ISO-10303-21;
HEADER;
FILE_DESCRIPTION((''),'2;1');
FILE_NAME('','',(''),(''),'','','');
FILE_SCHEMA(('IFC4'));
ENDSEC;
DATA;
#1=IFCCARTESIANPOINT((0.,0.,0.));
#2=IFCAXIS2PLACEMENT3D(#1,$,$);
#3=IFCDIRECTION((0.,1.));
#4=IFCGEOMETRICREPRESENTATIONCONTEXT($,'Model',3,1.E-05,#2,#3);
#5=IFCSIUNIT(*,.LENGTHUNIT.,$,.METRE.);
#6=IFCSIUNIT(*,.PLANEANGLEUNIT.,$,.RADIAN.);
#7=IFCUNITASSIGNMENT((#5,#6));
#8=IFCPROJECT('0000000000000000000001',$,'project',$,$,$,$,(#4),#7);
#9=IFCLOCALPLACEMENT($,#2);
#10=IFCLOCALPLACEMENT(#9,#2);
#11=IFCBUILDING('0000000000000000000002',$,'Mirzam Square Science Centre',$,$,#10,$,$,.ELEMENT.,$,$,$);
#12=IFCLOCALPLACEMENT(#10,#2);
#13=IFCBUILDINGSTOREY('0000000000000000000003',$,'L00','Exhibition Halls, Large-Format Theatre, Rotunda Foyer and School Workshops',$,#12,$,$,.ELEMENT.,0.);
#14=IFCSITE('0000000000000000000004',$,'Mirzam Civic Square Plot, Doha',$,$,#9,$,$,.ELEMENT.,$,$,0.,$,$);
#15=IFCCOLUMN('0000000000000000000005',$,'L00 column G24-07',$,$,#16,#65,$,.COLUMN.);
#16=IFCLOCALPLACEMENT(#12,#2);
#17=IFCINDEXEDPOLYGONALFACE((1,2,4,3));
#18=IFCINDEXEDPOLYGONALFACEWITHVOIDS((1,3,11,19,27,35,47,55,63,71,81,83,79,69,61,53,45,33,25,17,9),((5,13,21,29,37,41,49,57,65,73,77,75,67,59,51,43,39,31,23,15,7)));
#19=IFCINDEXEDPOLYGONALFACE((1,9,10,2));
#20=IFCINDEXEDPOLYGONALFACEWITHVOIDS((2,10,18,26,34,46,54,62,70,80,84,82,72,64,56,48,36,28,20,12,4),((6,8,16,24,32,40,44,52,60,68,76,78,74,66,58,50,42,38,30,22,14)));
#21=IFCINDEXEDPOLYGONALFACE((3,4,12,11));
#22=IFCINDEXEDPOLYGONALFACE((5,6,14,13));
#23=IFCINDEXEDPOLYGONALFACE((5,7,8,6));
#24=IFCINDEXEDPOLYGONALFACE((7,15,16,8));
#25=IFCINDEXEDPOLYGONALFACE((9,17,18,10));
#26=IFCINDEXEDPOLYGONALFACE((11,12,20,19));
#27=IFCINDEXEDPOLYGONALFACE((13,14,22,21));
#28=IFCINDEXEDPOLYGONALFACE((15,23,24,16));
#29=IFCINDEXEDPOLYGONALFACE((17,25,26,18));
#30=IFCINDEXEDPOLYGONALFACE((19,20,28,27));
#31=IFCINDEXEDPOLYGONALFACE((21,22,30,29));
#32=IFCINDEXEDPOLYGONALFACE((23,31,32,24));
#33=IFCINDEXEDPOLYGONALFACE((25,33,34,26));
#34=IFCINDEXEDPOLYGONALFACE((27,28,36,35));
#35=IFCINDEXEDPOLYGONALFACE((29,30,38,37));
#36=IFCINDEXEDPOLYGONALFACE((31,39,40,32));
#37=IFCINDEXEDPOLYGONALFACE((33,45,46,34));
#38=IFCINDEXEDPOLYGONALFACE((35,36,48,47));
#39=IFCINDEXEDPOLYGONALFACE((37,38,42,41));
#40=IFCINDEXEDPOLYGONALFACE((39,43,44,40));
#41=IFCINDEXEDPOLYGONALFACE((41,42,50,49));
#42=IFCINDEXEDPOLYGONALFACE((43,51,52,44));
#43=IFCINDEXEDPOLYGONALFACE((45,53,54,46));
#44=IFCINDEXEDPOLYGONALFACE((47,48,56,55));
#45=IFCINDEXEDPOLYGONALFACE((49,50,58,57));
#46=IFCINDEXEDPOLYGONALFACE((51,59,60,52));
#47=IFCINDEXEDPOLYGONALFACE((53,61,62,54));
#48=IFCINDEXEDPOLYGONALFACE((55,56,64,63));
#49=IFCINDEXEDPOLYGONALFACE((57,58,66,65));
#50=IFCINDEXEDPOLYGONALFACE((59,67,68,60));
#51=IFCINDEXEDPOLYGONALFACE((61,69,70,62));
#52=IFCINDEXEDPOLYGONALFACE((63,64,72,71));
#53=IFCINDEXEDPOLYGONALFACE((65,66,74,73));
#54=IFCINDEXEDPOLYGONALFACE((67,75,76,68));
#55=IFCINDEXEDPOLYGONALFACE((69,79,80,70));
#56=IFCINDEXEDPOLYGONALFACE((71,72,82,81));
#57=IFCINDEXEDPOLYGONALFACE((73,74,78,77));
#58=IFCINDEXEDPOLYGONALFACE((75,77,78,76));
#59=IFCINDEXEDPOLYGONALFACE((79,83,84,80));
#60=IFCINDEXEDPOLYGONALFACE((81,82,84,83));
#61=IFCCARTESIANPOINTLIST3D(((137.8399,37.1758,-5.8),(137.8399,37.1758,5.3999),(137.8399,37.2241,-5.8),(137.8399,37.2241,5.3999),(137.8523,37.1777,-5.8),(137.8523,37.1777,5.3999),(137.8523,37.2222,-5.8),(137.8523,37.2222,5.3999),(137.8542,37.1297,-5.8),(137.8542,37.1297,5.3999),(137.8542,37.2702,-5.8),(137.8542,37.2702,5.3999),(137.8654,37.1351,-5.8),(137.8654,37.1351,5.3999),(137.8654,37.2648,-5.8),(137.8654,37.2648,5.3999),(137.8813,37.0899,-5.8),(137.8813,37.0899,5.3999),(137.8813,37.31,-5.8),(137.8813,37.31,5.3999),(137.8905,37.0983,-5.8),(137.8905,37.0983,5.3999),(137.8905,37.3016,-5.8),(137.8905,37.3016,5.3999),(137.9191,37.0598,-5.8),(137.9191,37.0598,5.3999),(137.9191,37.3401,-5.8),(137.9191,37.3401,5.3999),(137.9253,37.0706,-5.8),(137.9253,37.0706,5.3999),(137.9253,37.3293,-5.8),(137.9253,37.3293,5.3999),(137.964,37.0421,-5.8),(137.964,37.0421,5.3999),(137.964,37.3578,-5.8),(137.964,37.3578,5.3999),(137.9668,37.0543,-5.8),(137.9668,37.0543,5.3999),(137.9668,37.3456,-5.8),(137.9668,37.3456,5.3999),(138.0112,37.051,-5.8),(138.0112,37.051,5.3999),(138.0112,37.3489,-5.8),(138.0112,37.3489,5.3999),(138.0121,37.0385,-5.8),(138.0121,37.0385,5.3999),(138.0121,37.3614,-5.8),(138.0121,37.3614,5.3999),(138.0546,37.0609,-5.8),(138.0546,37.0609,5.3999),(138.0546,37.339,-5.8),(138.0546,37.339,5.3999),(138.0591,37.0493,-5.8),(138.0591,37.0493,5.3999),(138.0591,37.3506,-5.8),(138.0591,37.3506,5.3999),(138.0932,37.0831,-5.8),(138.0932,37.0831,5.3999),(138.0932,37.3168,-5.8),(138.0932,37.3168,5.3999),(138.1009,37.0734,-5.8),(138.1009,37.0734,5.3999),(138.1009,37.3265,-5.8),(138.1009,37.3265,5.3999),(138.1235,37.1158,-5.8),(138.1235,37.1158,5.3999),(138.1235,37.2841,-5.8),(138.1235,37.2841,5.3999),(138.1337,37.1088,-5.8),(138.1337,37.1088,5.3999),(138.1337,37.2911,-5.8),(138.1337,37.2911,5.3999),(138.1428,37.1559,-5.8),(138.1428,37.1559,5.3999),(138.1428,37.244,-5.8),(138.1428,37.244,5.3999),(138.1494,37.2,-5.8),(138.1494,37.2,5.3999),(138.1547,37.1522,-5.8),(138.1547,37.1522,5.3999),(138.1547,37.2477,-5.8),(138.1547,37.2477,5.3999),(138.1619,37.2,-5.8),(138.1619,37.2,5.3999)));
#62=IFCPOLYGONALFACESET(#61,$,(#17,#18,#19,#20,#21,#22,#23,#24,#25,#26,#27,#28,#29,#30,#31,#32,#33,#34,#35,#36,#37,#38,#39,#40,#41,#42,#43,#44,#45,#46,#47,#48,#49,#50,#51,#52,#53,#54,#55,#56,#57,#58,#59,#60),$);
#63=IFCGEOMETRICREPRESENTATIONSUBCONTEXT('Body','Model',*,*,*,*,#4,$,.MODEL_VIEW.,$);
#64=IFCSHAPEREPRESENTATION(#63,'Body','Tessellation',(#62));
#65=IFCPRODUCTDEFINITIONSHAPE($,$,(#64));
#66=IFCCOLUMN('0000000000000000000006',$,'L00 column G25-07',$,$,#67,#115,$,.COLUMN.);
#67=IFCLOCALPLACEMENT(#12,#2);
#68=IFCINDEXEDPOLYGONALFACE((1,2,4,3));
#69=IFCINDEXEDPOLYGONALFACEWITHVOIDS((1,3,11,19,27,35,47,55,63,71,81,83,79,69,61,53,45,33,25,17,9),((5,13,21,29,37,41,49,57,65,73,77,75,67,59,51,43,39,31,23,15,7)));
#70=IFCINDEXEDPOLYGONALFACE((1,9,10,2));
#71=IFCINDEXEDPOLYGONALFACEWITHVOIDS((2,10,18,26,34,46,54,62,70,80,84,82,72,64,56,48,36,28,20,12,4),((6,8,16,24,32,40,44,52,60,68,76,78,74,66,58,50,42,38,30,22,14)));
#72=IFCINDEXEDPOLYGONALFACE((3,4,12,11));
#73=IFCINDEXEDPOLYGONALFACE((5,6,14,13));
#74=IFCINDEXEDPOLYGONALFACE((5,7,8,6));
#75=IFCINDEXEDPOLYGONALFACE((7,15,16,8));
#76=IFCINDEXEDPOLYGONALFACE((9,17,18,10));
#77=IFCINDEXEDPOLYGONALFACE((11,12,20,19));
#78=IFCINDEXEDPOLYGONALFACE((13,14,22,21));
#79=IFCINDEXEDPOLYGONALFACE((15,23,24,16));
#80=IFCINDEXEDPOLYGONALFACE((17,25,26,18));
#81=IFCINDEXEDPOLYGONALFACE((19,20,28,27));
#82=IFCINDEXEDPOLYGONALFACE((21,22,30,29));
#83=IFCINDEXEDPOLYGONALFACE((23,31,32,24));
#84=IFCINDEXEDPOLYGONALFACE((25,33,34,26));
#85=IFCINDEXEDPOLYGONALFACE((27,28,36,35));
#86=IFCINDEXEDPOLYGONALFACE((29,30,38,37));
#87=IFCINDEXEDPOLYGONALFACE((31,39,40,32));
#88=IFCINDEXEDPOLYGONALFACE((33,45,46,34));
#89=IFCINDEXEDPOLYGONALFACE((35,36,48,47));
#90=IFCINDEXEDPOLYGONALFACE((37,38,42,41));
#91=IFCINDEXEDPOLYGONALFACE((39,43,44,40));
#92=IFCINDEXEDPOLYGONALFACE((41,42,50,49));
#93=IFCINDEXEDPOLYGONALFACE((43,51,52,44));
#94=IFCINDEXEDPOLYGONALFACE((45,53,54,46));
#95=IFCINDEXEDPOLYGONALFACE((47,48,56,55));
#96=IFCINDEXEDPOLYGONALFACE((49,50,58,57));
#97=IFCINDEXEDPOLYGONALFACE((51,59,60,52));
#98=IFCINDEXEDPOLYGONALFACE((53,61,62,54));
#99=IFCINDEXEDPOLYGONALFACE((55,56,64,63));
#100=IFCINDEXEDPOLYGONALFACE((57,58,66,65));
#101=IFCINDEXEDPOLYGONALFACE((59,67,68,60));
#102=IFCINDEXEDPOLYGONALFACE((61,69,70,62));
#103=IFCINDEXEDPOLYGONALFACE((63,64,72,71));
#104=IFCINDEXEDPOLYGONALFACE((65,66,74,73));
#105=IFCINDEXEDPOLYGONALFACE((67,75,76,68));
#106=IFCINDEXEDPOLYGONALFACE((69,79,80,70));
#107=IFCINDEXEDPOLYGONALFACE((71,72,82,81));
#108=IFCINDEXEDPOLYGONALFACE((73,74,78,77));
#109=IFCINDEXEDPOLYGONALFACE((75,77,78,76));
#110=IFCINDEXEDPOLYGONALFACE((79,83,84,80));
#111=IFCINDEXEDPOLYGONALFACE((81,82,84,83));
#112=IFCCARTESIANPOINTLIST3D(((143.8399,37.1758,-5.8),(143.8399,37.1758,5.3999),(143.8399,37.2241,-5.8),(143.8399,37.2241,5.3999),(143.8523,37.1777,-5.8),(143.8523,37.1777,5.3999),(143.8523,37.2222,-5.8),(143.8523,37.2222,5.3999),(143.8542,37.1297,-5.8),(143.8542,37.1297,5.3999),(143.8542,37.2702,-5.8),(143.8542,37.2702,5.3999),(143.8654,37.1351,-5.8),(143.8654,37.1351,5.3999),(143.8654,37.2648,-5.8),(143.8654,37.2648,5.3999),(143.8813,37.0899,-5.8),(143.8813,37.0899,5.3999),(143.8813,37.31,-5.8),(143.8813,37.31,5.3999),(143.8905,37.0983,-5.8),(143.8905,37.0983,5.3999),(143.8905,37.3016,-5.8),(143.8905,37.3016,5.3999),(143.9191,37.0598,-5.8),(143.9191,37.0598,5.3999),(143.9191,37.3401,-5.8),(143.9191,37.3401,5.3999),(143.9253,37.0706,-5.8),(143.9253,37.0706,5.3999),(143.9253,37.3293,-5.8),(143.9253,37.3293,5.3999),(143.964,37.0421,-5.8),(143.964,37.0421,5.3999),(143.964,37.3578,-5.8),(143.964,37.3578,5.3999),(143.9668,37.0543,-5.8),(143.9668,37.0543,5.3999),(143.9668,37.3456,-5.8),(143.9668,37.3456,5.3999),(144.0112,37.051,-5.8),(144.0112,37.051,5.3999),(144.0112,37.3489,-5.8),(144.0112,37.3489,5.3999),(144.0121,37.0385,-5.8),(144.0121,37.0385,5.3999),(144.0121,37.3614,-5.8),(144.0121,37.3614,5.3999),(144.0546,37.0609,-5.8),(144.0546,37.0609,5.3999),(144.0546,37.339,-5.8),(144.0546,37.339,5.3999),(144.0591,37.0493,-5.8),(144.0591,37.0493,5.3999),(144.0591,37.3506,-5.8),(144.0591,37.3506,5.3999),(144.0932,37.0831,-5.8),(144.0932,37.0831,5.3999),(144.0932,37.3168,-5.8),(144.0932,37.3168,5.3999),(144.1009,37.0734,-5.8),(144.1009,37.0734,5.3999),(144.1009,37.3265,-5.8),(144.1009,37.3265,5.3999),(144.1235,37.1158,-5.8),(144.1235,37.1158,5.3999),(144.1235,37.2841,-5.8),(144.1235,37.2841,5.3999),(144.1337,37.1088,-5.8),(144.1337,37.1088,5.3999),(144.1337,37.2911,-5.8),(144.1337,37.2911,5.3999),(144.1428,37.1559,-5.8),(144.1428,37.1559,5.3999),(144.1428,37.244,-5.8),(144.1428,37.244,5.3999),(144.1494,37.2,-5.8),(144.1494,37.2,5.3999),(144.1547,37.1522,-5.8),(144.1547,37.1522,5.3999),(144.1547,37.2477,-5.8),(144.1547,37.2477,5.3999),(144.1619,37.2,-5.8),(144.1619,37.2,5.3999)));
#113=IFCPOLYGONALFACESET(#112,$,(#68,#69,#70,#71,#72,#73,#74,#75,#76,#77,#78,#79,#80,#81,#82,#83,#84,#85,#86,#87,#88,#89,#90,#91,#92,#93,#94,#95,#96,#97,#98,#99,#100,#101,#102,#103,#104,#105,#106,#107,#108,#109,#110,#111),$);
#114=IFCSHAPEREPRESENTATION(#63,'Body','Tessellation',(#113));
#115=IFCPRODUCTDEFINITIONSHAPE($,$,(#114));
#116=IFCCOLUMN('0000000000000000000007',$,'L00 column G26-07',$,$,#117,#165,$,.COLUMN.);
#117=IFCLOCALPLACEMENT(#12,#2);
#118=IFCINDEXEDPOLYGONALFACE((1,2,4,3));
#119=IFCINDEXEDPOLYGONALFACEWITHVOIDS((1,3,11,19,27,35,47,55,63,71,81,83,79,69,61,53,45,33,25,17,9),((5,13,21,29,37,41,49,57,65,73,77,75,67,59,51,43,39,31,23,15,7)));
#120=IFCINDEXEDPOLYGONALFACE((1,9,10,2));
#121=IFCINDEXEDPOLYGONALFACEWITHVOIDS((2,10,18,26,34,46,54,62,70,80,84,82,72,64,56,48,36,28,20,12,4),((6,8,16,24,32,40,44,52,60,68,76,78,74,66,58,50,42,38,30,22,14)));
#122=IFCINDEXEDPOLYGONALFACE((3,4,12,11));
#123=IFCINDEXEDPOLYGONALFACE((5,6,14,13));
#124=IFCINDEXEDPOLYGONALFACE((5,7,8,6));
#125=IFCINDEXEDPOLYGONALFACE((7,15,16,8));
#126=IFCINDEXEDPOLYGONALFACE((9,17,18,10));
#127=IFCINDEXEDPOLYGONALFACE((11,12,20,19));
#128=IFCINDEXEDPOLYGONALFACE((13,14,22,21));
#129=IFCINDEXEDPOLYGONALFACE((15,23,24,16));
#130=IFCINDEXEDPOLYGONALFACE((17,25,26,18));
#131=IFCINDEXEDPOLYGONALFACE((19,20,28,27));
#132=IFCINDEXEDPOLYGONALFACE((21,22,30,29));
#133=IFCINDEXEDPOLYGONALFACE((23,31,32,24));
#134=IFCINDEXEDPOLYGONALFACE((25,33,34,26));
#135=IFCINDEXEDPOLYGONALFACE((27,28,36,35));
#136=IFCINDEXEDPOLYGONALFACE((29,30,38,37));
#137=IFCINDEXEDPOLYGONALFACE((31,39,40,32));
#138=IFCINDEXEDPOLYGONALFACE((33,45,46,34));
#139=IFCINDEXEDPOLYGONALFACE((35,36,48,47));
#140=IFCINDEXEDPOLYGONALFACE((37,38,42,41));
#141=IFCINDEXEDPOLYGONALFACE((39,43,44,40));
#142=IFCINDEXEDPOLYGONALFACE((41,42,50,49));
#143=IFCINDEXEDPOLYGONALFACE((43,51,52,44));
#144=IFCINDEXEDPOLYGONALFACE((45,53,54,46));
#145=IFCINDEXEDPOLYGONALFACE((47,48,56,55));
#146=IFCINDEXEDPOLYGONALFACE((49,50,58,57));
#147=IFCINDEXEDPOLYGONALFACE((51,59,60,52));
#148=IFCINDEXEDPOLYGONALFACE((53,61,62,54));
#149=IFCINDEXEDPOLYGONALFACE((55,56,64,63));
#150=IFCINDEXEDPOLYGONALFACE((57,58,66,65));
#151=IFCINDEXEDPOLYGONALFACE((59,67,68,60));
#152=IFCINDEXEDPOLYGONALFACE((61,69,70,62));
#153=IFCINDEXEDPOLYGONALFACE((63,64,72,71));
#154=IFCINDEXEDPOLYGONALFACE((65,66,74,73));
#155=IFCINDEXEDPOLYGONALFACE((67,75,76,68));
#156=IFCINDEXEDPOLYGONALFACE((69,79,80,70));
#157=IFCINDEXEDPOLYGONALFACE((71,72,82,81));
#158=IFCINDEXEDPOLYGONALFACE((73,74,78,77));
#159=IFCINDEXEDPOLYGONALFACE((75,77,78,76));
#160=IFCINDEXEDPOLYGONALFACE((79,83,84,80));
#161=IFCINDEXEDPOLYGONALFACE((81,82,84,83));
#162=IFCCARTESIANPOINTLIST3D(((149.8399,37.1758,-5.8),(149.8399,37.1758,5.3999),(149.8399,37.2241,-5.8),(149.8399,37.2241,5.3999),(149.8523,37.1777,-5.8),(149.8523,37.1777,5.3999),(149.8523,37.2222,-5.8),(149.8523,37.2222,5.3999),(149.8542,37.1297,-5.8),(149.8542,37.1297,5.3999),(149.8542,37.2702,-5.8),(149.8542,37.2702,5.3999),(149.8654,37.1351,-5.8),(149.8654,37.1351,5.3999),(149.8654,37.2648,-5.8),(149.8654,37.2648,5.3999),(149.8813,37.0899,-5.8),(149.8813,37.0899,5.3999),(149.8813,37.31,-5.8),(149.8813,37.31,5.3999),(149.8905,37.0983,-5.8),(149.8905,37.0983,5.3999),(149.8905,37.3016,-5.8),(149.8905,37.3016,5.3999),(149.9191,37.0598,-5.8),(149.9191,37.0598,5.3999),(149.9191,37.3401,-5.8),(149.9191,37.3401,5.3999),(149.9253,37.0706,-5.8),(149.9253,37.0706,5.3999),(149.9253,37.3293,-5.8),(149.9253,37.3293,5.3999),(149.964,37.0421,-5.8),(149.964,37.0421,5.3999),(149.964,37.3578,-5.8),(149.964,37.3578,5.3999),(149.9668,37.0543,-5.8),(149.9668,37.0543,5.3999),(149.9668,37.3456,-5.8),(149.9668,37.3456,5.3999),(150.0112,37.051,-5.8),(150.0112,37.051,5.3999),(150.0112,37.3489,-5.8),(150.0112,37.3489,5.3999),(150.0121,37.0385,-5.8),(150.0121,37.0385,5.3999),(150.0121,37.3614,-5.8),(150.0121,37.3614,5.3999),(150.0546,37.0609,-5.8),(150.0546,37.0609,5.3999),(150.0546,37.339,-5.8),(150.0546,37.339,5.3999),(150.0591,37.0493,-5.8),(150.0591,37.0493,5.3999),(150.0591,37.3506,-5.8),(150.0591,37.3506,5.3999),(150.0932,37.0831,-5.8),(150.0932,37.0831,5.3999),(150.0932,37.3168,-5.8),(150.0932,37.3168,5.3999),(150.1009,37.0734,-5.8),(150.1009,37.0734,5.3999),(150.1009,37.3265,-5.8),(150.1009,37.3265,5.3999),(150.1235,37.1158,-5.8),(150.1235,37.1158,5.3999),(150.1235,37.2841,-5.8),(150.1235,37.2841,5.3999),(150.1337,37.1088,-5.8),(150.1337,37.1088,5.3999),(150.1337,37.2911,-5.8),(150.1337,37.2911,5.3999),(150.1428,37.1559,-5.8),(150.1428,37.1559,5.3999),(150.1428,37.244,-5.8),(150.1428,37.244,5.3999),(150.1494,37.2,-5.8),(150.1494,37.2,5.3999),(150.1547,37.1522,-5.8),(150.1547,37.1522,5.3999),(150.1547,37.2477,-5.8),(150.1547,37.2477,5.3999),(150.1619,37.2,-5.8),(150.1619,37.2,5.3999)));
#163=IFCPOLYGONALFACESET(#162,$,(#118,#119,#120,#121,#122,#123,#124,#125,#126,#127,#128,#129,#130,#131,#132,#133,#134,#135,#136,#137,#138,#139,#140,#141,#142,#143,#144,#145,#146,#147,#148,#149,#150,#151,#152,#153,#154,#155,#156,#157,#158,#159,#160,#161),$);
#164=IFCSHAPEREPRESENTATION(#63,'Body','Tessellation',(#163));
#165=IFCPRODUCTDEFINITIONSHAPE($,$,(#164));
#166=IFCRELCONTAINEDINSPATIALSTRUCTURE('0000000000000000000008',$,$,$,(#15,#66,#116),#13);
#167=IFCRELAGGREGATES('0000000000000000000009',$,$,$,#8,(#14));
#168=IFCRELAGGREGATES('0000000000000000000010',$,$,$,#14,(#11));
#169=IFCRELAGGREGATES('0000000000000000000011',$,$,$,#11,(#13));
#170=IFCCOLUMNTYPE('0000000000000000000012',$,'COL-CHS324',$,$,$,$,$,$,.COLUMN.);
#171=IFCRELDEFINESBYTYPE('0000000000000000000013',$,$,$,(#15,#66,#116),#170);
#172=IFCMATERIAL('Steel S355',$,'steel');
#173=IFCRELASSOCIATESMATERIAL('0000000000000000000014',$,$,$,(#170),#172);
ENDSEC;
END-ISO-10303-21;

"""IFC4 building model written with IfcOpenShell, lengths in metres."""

from ifc_helpers import new_model, si_unit, direction, frame, origin, origin_2d, place, context, subcontext, project, spatial, hollow_circle, extrude, material, material_profile, profile_set, type_object, element, save


model = new_model("IFC4")

# Units and contexts
model_context = context("Model", 3, precision=1e-05, world=origin(), true_north=direction((0.0, 1.0)))
body_context = subcontext(model_context, "Body", "Model", "MODEL_VIEW")
ifc_project = project(units=[si_unit("LENGTHUNIT", "METRE"), si_unit("PLANEANGLEUNIT", "RADIAN")], contexts=[model_context])

# Site, building, storey
site_placement = place(None, origin())
site = spatial("IfcSite", under=ifc_project, at=site_placement, Name="Mirzam Civic Square Plot, Doha", CompositionType="ELEMENT", RefElevation=0.0)
building_placement = place(site_placement, origin())
building = spatial("IfcBuilding", under=site, at=building_placement, Name="Mirzam Square Science Centre", CompositionType="ELEMENT")
storey_placement = place(building_placement, origin())
storey = spatial("IfcBuildingStorey", under=building, at=storey_placement, Name="L00", Description="Exhibition Halls, Large-Format Theatre, Rotunda Foyer and School Workshops", CompositionType="ELEMENT", Elevation=0.0)

# Columns
ifc_material_1 = material(Name="Steel S355", Category="steel")
ifc_material_profile_1 = material_profile(ifc_material_1, hollow_circle(Radius=0.1619, WallThickness=0.0125, at=origin_2d()), Name="323.9x12.5CHS")
ifc_profile_set_1 = profile_set([ifc_material_profile_1], Name="Steel S355")
column_type_1 = type_object("IfcColumnType", Name="COL-CHS324", PredefinedType="COLUMN", material=ifc_profile_set_1)
for number, where, z_axis, x_axis, name in (
    (1, (138.0, 37.2, -5.8), (0.0, 0.0, 1.0), (1.0, 0.0, 0.0), "L00 column G24-07"),
    (2, (144.0, 37.2, -5.8), (0.0, 0.0, 1.0), (1.0, 0.0, 0.0), "L00 column G25-07"),
    (3, (150.0, 37.2, -5.8), (0.0, 0.0, 1.0), (1.0, 0.0, 0.0), "L00 column G26-07"),
):
    element("IfcColumn", number, at=place(storey_placement, frame(where, z_axis=z_axis, x_axis=x_axis)), inside=storey, type_object=column_type_1, Name=name, PredefinedType="COLUMN", context=body_context, shape_type="SweptSolid", body=[
        extrude(hollow_circle(Radius=0.1619, WallThickness=0.0125, at=origin_2d()), origin(), (0.0, 0.0, 1.0), 11.2),
    ])

save(model, "model.ifc")
